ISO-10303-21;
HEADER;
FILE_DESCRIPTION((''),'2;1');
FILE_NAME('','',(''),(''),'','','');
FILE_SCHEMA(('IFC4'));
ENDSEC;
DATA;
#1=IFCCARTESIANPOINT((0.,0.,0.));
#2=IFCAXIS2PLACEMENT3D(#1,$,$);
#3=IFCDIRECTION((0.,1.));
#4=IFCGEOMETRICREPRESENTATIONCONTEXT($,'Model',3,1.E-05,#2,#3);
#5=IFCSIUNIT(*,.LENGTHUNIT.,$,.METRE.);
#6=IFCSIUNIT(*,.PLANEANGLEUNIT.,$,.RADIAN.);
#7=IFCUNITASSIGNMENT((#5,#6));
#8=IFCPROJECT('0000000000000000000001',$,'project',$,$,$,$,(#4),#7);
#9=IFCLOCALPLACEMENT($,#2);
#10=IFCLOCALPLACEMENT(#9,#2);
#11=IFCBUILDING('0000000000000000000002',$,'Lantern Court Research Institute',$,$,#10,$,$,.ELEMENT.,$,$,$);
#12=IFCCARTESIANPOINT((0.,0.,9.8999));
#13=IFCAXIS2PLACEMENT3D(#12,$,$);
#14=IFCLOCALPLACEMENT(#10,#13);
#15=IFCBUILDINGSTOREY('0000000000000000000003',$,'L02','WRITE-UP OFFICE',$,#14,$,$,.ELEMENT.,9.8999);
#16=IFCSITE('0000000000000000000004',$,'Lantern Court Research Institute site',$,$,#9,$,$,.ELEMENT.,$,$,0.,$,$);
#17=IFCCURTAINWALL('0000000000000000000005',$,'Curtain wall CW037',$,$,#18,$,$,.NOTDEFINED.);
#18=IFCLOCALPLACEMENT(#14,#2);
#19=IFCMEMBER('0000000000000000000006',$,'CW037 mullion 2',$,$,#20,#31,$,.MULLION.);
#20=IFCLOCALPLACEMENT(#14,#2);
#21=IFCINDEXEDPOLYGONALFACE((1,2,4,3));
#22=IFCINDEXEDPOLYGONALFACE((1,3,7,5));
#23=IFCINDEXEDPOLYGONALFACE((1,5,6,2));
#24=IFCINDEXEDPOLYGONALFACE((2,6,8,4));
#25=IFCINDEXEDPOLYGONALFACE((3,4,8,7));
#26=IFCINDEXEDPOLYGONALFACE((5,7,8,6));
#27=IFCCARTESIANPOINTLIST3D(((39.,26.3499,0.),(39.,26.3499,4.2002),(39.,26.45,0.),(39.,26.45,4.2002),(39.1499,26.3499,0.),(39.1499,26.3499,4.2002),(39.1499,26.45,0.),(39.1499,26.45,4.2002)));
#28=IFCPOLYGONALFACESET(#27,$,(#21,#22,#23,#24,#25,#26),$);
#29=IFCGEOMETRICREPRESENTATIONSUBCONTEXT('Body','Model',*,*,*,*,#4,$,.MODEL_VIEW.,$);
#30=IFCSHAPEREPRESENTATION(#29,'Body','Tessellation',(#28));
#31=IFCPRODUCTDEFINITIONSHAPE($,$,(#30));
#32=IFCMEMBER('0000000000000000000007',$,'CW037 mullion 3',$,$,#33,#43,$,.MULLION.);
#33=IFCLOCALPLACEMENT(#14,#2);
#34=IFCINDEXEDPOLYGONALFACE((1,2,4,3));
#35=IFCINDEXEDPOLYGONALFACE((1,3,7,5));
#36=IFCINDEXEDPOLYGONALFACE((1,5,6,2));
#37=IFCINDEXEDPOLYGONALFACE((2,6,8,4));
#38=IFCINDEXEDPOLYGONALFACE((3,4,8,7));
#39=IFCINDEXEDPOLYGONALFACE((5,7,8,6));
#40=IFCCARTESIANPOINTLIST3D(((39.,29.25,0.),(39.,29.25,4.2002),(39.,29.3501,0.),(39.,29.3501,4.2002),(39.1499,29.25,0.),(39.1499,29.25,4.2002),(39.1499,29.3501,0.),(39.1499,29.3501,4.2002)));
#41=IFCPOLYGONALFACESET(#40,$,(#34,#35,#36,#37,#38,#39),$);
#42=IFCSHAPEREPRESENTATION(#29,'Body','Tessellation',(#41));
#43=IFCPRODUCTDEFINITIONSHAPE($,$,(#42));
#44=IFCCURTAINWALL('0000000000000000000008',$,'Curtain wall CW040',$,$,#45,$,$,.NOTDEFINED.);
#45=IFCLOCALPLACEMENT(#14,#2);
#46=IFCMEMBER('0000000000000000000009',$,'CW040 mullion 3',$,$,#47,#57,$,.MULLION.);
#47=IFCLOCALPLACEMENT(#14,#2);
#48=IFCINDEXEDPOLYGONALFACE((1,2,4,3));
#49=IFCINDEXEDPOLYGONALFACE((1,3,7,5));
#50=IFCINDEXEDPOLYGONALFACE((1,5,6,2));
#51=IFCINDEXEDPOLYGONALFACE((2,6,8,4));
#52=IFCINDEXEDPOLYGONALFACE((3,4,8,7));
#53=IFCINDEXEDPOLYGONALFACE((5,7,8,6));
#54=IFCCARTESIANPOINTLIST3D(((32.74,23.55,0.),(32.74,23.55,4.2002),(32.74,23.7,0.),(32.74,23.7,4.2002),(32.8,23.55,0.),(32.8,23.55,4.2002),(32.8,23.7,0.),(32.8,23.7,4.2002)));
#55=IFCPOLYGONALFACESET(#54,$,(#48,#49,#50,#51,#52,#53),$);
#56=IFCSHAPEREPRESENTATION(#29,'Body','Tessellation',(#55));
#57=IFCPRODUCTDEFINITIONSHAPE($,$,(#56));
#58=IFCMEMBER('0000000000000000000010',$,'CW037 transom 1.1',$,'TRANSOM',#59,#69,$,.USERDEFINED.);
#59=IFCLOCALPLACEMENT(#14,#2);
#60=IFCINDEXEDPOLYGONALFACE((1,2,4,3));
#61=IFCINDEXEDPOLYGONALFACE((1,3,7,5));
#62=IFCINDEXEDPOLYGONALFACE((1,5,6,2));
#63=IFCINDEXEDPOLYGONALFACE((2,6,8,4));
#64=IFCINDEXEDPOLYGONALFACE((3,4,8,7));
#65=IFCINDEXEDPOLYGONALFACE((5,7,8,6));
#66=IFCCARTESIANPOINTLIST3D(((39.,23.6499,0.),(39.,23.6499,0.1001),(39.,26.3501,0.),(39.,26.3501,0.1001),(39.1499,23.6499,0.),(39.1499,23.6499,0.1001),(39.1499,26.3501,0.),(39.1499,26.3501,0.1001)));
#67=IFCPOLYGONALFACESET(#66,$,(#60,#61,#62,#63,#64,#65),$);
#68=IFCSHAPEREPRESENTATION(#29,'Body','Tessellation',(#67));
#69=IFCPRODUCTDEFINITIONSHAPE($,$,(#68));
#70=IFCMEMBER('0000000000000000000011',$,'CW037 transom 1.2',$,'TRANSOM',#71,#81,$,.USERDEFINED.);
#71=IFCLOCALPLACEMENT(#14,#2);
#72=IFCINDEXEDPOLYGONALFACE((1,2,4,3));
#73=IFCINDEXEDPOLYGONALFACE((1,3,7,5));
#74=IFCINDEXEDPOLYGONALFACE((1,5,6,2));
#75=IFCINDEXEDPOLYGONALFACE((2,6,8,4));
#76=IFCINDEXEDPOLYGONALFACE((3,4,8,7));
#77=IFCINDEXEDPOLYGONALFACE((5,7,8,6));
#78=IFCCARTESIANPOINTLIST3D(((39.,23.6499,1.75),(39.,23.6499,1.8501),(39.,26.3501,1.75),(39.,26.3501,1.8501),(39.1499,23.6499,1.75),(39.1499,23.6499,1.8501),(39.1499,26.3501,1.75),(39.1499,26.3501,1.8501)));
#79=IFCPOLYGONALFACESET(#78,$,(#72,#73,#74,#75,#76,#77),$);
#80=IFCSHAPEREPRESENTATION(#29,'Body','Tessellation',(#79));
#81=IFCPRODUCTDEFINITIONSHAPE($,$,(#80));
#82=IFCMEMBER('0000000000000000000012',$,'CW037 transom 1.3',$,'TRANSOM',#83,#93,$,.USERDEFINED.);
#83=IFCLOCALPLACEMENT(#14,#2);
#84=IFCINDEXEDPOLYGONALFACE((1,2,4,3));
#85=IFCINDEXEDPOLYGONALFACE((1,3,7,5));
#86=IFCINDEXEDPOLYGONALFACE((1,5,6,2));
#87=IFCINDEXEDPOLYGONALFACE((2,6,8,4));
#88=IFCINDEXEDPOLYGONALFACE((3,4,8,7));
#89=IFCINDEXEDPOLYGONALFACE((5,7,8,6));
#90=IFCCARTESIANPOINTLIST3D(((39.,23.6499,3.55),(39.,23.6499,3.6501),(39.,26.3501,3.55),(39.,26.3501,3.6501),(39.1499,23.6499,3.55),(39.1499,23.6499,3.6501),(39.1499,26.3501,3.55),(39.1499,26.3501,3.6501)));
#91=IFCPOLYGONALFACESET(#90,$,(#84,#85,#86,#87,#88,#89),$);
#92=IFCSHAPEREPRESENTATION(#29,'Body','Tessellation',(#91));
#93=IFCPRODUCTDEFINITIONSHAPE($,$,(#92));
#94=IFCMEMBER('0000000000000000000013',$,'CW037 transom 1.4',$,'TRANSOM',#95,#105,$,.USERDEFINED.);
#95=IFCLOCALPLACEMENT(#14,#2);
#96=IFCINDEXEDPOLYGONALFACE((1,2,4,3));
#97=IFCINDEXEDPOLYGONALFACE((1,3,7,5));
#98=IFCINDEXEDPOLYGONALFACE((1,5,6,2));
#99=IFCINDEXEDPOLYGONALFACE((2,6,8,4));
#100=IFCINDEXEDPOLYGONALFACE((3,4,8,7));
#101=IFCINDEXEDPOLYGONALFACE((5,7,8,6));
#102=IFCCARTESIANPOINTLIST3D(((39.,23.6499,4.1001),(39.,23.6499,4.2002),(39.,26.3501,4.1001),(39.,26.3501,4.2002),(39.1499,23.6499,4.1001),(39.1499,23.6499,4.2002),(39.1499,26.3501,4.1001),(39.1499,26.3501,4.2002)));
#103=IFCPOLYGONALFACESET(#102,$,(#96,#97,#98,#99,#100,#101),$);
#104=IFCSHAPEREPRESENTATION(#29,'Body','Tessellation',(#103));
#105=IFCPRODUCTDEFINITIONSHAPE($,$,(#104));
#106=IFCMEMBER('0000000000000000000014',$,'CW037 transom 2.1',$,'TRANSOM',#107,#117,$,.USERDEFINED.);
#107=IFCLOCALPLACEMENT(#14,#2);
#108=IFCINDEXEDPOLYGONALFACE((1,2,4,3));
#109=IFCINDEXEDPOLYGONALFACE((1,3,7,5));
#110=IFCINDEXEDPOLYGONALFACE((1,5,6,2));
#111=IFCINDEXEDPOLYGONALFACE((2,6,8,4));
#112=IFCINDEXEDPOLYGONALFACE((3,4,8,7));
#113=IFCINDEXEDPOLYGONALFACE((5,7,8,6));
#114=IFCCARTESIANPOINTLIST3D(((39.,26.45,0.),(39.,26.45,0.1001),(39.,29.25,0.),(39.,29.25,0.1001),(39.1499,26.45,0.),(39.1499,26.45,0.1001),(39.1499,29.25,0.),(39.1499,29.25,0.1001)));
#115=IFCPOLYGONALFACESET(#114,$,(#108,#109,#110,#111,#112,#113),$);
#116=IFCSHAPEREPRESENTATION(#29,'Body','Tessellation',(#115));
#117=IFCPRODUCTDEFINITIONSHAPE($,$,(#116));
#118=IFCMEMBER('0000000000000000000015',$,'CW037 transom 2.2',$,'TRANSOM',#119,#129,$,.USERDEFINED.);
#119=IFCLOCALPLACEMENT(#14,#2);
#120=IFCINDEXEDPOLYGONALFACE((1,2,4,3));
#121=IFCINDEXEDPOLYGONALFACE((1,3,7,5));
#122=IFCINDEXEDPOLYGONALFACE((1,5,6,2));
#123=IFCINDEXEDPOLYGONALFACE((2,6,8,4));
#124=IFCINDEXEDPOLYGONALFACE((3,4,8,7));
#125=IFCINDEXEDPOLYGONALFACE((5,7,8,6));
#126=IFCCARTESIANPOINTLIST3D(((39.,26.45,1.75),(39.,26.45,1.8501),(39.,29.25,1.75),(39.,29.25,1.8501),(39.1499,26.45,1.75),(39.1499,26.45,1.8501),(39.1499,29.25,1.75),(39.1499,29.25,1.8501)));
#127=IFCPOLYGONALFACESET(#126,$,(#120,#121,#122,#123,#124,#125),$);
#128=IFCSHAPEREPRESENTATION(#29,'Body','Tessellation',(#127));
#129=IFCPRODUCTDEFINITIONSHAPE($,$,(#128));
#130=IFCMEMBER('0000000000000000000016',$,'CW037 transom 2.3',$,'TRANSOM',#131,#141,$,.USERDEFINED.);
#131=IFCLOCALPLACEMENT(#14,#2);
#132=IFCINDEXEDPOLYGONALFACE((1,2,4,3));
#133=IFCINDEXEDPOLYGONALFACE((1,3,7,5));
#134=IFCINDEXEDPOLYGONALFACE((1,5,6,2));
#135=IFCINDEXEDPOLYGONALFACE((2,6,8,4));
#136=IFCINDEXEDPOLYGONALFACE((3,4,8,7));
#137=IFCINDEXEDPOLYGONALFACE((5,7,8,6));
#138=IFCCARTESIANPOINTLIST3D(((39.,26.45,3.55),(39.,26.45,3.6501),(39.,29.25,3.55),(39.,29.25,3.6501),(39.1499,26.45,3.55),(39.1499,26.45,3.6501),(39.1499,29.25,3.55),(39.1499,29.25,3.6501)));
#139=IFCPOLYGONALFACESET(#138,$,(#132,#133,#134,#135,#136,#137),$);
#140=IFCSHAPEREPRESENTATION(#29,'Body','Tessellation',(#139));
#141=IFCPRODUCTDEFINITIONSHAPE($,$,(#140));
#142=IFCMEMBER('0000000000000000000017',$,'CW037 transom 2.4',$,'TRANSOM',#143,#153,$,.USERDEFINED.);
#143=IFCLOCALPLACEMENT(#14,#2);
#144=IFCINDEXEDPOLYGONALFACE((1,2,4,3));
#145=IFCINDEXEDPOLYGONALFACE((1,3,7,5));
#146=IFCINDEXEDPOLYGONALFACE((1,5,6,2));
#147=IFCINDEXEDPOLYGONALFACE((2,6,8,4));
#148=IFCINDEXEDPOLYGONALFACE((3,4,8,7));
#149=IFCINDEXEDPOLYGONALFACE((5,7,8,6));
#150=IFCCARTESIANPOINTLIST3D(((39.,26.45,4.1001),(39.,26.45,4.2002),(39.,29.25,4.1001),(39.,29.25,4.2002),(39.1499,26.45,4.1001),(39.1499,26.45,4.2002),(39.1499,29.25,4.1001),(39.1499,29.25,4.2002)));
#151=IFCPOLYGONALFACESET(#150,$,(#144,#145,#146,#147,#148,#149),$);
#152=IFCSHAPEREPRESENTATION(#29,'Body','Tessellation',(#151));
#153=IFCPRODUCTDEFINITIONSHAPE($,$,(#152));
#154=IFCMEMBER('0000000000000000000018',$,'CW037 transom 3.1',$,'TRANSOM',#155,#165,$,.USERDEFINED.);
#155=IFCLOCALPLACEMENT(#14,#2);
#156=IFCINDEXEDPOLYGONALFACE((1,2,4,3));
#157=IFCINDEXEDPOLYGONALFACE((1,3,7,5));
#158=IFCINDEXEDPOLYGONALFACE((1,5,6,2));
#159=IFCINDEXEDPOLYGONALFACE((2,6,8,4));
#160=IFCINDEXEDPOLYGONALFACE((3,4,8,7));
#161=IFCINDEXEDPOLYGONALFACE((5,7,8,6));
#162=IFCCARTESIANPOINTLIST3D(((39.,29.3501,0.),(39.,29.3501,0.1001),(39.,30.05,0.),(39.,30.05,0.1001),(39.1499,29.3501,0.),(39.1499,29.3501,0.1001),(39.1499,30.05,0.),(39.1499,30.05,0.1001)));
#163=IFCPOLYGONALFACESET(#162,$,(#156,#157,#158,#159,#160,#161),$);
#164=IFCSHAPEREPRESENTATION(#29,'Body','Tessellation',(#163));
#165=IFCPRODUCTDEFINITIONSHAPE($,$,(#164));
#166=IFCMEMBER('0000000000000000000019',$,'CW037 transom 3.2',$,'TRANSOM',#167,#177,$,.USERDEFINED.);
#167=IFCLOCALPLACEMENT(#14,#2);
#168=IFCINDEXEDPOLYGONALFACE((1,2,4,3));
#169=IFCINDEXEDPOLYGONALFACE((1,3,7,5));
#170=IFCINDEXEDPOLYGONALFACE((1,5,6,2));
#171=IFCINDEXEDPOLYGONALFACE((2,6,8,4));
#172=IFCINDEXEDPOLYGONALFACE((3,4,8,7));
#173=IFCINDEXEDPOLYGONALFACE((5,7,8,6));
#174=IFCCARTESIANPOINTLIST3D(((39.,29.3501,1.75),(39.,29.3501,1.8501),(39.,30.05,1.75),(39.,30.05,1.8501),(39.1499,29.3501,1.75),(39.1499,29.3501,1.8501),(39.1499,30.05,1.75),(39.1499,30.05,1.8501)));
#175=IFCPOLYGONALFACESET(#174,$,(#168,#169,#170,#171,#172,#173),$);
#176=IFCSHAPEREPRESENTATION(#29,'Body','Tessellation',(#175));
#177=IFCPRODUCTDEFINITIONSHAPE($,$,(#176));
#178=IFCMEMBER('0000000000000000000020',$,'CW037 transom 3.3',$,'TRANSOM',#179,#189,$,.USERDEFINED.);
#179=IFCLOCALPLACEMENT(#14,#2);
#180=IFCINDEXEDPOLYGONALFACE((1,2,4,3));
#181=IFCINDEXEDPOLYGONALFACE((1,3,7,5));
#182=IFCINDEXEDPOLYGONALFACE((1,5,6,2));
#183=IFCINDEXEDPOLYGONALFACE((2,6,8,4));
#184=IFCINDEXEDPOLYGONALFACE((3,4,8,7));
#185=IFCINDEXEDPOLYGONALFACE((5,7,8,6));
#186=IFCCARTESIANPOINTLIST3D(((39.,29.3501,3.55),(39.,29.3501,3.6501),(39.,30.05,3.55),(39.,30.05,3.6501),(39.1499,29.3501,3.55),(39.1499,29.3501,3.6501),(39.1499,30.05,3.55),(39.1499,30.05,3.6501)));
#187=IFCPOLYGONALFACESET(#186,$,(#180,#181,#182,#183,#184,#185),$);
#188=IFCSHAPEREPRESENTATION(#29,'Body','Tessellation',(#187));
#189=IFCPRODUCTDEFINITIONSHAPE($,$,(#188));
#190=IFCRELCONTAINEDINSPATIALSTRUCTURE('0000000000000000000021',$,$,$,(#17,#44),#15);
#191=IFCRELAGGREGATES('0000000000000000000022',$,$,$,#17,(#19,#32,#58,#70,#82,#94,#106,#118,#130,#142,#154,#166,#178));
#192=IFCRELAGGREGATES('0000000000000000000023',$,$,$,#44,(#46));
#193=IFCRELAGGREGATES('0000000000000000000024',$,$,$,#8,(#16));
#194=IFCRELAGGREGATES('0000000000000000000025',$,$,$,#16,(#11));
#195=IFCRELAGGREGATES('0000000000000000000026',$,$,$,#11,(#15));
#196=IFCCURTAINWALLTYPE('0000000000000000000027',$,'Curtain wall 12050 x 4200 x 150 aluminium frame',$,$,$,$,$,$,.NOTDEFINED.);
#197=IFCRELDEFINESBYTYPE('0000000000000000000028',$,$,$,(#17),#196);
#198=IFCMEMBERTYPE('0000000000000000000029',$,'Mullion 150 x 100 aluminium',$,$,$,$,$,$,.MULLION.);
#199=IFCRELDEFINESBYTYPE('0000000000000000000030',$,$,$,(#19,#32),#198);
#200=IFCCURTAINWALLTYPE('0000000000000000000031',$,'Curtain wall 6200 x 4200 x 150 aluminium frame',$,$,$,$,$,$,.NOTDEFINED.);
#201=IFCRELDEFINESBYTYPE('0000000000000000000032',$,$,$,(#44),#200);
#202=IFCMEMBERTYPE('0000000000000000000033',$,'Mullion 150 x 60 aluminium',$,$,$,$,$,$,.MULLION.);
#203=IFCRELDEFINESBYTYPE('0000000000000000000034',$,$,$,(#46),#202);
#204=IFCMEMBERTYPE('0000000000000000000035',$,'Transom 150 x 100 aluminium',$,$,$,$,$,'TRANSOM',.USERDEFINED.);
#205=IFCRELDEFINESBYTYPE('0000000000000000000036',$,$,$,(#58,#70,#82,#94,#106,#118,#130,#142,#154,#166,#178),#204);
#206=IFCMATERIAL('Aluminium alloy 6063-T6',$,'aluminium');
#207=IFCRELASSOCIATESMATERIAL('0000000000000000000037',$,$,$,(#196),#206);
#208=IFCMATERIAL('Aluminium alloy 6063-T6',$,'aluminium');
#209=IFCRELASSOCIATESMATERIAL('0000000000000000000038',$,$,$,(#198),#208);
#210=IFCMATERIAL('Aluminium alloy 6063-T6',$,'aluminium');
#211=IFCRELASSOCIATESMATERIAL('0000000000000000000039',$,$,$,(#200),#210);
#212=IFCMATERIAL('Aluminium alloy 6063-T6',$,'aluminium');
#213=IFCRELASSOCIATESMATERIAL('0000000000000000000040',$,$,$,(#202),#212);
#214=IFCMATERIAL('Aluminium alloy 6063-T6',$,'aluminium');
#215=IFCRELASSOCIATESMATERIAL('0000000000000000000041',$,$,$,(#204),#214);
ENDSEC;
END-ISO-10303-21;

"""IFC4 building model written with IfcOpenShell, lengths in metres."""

from ifc_helpers import new_model, si_unit, direction, frame, origin, origin_2d, place, context, subcontext, project, spatial, rectangle, extrude, material, material_profile, profile_set, type_object, element, aggregate, save


model = new_model("IFC4")

# Units and contexts
model_context = context("Model", 3, precision=1e-05, world=origin(), true_north=direction((0.0, 1.0)))
body_context = subcontext(model_context, "Body", "Model", "MODEL_VIEW")
ifc_project = project(units=[si_unit("LENGTHUNIT", "METRE"), si_unit("PLANEANGLEUNIT", "RADIAN")], contexts=[model_context])

# Site, building, storey
site_placement = place(None, origin())
site = spatial("IfcSite", under=ifc_project, at=site_placement, Name="Lantern Court Research Institute site", CompositionType="ELEMENT", RefElevation=0.0)
building_placement = place(site_placement, origin())
building = spatial("IfcBuilding", under=site, at=building_placement, Name="Lantern Court Research Institute", CompositionType="ELEMENT")
storey_placement = place(building_placement, frame((0.0, 0.0, 9.8999)))
storey = spatial("IfcBuildingStorey", under=building, at=storey_placement, Name="L02", Description="WRITE-UP OFFICE", CompositionType="ELEMENT", Elevation=9.8999)

# Curtain wall, members
ifc_material_1 = material(Name="Aluminium alloy 6063-T6", Category="aluminium")
curtain_wall_type_1 = type_object("IfcCurtainWallType", Name="Curtain wall 12050 x 4200 x 150 aluminium frame", PredefinedType="NOTDEFINED", material=ifc_material_1)
curtain_wall_1_placement = place(storey_placement, origin())
curtain_wall_1 = element("IfcCurtainWall", 1, at=curtain_wall_1_placement, inside=storey, type_object=curtain_wall_type_1, Name="Curtain wall CW037", PredefinedType="NOTDEFINED")
ifc_material_2 = material(Name="Aluminium alloy 6063-T6", Category="aluminium")
ifc_material_profile_1 = material_profile(ifc_material_2, rectangle(XDim=0.1499, YDim=0.1001, at=origin_2d()), Name="Mullion 150 x 100")
ifc_profile_set_1 = profile_set([ifc_material_profile_1], Name="Aluminium alloy 6063-T6")
member_type_1 = type_object("IfcMemberType", Name="Mullion 150 x 100 aluminium", PredefinedType="MULLION", material=ifc_profile_set_1)
member_1_placement = place(storey_placement, frame((39.075, 26.3999, 0.0), z_axis=(0.0, 0.0, 1.0), x_axis=(-1.0, 0.0, 0.0)))
member_1 = element("IfcMember", 2, at=member_1_placement, type_object=member_type_1, Name="CW037 mullion 2", PredefinedType="MULLION", context=body_context, shape_type="SweptSolid", body=[
    extrude(rectangle(XDim=0.1499, YDim=0.1001, at=origin_2d()), origin(), (0.0, 0.0, 1.0), 4.2002),
])
member_2_placement = place(storey_placement, frame((39.075, 29.3, 0.0), z_axis=(0.0, 0.0, 1.0), x_axis=(-1.0, 0.0, 0.0)))
member_2 = element("IfcMember", 3, at=member_2_placement, type_object=member_type_1, Name="CW037 mullion 3", PredefinedType="MULLION", context=body_context, shape_type="SweptSolid", body=[
    extrude(rectangle(XDim=0.1499, YDim=0.1001, at=origin_2d()), origin(), (0.0, 0.0, 1.0), 4.2002),
])

# Curtain wall, member
ifc_material_3 = material(Name="Aluminium alloy 6063-T6", Category="aluminium")
curtain_wall_type_2 = type_object("IfcCurtainWallType", Name="Curtain wall 6200 x 4200 x 150 aluminium frame", PredefinedType="NOTDEFINED", material=ifc_material_3)
curtain_wall_2_placement = place(storey_placement, origin())
curtain_wall_2 = element("IfcCurtainWall", 4, at=curtain_wall_2_placement, inside=storey, type_object=curtain_wall_type_2, Name="Curtain wall CW040", PredefinedType="NOTDEFINED")
ifc_material_4 = material(Name="Aluminium alloy 6063-T6", Category="aluminium")
ifc_material_profile_2 = material_profile(ifc_material_4, rectangle(XDim=0.1499, YDim=0.0601, at=origin_2d()), Name="Mullion 150 x 60")
ifc_profile_set_2 = profile_set([ifc_material_profile_2], Name="Aluminium alloy 6063-T6")
member_type_2 = type_object("IfcMemberType", Name="Mullion 150 x 60 aluminium", PredefinedType="MULLION", material=ifc_profile_set_2)
member_3_placement = place(storey_placement, frame((32.77, 23.625, 0.0), z_axis=(0.0, 0.0, 1.0), x_axis=(0.0, 1.0, 0.0)))
member_3 = element("IfcMember", 5, at=member_3_placement, type_object=member_type_2, Name="CW040 mullion 3", PredefinedType="MULLION", context=body_context, shape_type="SweptSolid", body=[
    extrude(rectangle(XDim=0.1499, YDim=0.0601, at=origin_2d()), origin(), (0.0, 0.0, 1.0), 4.2002),
])

# Members
ifc_material_5 = material(Name="Aluminium alloy 6063-T6", Category="aluminium")
ifc_material_profile_3 = material_profile(ifc_material_5, rectangle(XDim=0.1499, YDim=0.1001, at=origin_2d()), Name="Transom 150 x 100")
ifc_profile_set_3 = profile_set([ifc_material_profile_3], Name="Aluminium alloy 6063-T6")
member_type_3 = type_object("IfcMemberType", Name="Transom 150 x 100 aluminium", ElementType="TRANSOM", PredefinedType="USERDEFINED", material=ifc_profile_set_3)
member_4_placement = place(storey_placement, frame((39.075, 23.6499, 0.05), z_axis=(0.0, 1.0, 0.0), x_axis=(-1.0, 0.0, 0.0)))
member_4 = element("IfcMember", 6, at=member_4_placement, type_object=member_type_3, Name="CW037 transom 1.1", ObjectType="TRANSOM", PredefinedType="USERDEFINED", context=body_context, shape_type="SweptSolid", body=[
    extrude(rectangle(XDim=0.1499, YDim=0.1001, at=origin_2d()), origin(), (0.0, 0.0, 1.0), 2.7002),
])
member_5_placement = place(storey_placement, frame((39.075, 23.6499, 1.8), z_axis=(0.0, 1.0, 0.0), x_axis=(-1.0, 0.0, 0.0)))
member_5 = element("IfcMember", 7, at=member_5_placement, type_object=member_type_3, Name="CW037 transom 1.2", ObjectType="TRANSOM", PredefinedType="USERDEFINED", context=body_context, shape_type="SweptSolid", body=[
    extrude(rectangle(XDim=0.1499, YDim=0.1001, at=origin_2d()), origin(), (0.0, 0.0, 1.0), 2.7002),
])
member_6_placement = place(storey_placement, frame((39.075, 23.6499, 3.6001), z_axis=(0.0, 1.0, 0.0), x_axis=(-1.0, 0.0, 0.0)))
member_6 = element("IfcMember", 8, at=member_6_placement, type_object=member_type_3, Name="CW037 transom 1.3", ObjectType="TRANSOM", PredefinedType="USERDEFINED", context=body_context, shape_type="SweptSolid", body=[
    extrude(rectangle(XDim=0.1499, YDim=0.1001, at=origin_2d()), origin(), (0.0, 0.0, 1.0), 2.7002),
])
member_7_placement = place(storey_placement, frame((39.075, 23.6499, 4.1501), z_axis=(0.0, 1.0, 0.0), x_axis=(-1.0, 0.0, 0.0)))
member_7 = element("IfcMember", 9, at=member_7_placement, type_object=member_type_3, Name="CW037 transom 1.4", ObjectType="TRANSOM", PredefinedType="USERDEFINED", context=body_context, shape_type="SweptSolid", body=[
    extrude(rectangle(XDim=0.1499, YDim=0.1001, at=origin_2d()), origin(), (0.0, 0.0, 1.0), 2.7002),
])
member_8_placement = place(storey_placement, frame((39.075, 26.45, 0.05), z_axis=(0.0, 1.0, 0.0), x_axis=(-1.0, 0.0, 0.0)))
member_8 = element("IfcMember", 10, at=member_8_placement, type_object=member_type_3, Name="CW037 transom 2.1", ObjectType="TRANSOM", PredefinedType="USERDEFINED", context=body_context, shape_type="SweptSolid", body=[
    extrude(rectangle(XDim=0.1499, YDim=0.1001, at=origin_2d()), origin(), (0.0, 0.0, 1.0), 2.8),
])
member_9_placement = place(storey_placement, frame((39.075, 26.45, 1.8), z_axis=(0.0, 1.0, 0.0), x_axis=(-1.0, 0.0, 0.0)))
member_9 = element("IfcMember", 11, at=member_9_placement, type_object=member_type_3, Name="CW037 transom 2.2", ObjectType="TRANSOM", PredefinedType="USERDEFINED", context=body_context, shape_type="SweptSolid", body=[
    extrude(rectangle(XDim=0.1499, YDim=0.1001, at=origin_2d()), origin(), (0.0, 0.0, 1.0), 2.8),
])
member_10_placement = place(storey_placement, frame((39.075, 26.45, 3.6001), z_axis=(0.0, 1.0, 0.0), x_axis=(-1.0, 0.0, 0.0)))
member_10 = element("IfcMember", 12, at=member_10_placement, type_object=member_type_3, Name="CW037 transom 2.3", ObjectType="TRANSOM", PredefinedType="USERDEFINED", context=body_context, shape_type="SweptSolid", body=[
    extrude(rectangle(XDim=0.1499, YDim=0.1001, at=origin_2d()), origin(), (0.0, 0.0, 1.0), 2.8),
])
member_11_placement = place(storey_placement, frame((39.075, 26.45, 4.1501), z_axis=(0.0, 1.0, 0.0), x_axis=(-1.0, 0.0, 0.0)))
member_11 = element("IfcMember", 13, at=member_11_placement, type_object=member_type_3, Name="CW037 transom 2.4", ObjectType="TRANSOM", PredefinedType="USERDEFINED", context=body_context, shape_type="SweptSolid", body=[
    extrude(rectangle(XDim=0.1499, YDim=0.1001, at=origin_2d()), origin(), (0.0, 0.0, 1.0), 2.8),
])
member_12_placement = place(storey_placement, frame((39.075, 29.3501, 0.05), z_axis=(0.0, 1.0, 0.0), x_axis=(-1.0, 0.0, 0.0)))
member_12 = element("IfcMember", 14, at=member_12_placement, type_object=member_type_3, Name="CW037 transom 3.1", ObjectType="TRANSOM", PredefinedType="USERDEFINED", context=body_context, shape_type="SweptSolid", body=[
    extrude(rectangle(XDim=0.1499, YDim=0.1001, at=origin_2d()), origin(), (0.0, 0.0, 1.0), 0.7),
])
member_13_placement = place(storey_placement, frame((39.075, 29.3501, 1.8), z_axis=(0.0, 1.0, 0.0), x_axis=(-1.0, 0.0, 0.0)))
member_13 = element("IfcMember", 15, at=member_13_placement, type_object=member_type_3, Name="CW037 transom 3.2", ObjectType="TRANSOM", PredefinedType="USERDEFINED", context=body_context, shape_type="SweptSolid", body=[
    extrude(rectangle(XDim=0.1499, YDim=0.1001, at=origin_2d()), origin(), (0.0, 0.0, 1.0), 0.7),
])
member_14_placement = place(storey_placement, frame((39.075, 29.3501, 3.6001), z_axis=(0.0, 1.0, 0.0), x_axis=(-1.0, 0.0, 0.0)))
member_14 = element("IfcMember", 16, at=member_14_placement, type_object=member_type_3, Name="CW037 transom 3.3", ObjectType="TRANSOM", PredefinedType="USERDEFINED", context=body_context, shape_type="SweptSolid", body=[
    extrude(rectangle(XDim=0.1499, YDim=0.1001, at=origin_2d()), origin(), (0.0, 0.0, 1.0), 0.7),
])

aggregate(curtain_wall_1, [member_1, member_2, member_4, member_5, member_6, member_7, member_8, member_9, member_10, member_11, member_12, member_13, member_14])
aggregate(curtain_wall_2, [member_3])

save(model, "model.ifc")
